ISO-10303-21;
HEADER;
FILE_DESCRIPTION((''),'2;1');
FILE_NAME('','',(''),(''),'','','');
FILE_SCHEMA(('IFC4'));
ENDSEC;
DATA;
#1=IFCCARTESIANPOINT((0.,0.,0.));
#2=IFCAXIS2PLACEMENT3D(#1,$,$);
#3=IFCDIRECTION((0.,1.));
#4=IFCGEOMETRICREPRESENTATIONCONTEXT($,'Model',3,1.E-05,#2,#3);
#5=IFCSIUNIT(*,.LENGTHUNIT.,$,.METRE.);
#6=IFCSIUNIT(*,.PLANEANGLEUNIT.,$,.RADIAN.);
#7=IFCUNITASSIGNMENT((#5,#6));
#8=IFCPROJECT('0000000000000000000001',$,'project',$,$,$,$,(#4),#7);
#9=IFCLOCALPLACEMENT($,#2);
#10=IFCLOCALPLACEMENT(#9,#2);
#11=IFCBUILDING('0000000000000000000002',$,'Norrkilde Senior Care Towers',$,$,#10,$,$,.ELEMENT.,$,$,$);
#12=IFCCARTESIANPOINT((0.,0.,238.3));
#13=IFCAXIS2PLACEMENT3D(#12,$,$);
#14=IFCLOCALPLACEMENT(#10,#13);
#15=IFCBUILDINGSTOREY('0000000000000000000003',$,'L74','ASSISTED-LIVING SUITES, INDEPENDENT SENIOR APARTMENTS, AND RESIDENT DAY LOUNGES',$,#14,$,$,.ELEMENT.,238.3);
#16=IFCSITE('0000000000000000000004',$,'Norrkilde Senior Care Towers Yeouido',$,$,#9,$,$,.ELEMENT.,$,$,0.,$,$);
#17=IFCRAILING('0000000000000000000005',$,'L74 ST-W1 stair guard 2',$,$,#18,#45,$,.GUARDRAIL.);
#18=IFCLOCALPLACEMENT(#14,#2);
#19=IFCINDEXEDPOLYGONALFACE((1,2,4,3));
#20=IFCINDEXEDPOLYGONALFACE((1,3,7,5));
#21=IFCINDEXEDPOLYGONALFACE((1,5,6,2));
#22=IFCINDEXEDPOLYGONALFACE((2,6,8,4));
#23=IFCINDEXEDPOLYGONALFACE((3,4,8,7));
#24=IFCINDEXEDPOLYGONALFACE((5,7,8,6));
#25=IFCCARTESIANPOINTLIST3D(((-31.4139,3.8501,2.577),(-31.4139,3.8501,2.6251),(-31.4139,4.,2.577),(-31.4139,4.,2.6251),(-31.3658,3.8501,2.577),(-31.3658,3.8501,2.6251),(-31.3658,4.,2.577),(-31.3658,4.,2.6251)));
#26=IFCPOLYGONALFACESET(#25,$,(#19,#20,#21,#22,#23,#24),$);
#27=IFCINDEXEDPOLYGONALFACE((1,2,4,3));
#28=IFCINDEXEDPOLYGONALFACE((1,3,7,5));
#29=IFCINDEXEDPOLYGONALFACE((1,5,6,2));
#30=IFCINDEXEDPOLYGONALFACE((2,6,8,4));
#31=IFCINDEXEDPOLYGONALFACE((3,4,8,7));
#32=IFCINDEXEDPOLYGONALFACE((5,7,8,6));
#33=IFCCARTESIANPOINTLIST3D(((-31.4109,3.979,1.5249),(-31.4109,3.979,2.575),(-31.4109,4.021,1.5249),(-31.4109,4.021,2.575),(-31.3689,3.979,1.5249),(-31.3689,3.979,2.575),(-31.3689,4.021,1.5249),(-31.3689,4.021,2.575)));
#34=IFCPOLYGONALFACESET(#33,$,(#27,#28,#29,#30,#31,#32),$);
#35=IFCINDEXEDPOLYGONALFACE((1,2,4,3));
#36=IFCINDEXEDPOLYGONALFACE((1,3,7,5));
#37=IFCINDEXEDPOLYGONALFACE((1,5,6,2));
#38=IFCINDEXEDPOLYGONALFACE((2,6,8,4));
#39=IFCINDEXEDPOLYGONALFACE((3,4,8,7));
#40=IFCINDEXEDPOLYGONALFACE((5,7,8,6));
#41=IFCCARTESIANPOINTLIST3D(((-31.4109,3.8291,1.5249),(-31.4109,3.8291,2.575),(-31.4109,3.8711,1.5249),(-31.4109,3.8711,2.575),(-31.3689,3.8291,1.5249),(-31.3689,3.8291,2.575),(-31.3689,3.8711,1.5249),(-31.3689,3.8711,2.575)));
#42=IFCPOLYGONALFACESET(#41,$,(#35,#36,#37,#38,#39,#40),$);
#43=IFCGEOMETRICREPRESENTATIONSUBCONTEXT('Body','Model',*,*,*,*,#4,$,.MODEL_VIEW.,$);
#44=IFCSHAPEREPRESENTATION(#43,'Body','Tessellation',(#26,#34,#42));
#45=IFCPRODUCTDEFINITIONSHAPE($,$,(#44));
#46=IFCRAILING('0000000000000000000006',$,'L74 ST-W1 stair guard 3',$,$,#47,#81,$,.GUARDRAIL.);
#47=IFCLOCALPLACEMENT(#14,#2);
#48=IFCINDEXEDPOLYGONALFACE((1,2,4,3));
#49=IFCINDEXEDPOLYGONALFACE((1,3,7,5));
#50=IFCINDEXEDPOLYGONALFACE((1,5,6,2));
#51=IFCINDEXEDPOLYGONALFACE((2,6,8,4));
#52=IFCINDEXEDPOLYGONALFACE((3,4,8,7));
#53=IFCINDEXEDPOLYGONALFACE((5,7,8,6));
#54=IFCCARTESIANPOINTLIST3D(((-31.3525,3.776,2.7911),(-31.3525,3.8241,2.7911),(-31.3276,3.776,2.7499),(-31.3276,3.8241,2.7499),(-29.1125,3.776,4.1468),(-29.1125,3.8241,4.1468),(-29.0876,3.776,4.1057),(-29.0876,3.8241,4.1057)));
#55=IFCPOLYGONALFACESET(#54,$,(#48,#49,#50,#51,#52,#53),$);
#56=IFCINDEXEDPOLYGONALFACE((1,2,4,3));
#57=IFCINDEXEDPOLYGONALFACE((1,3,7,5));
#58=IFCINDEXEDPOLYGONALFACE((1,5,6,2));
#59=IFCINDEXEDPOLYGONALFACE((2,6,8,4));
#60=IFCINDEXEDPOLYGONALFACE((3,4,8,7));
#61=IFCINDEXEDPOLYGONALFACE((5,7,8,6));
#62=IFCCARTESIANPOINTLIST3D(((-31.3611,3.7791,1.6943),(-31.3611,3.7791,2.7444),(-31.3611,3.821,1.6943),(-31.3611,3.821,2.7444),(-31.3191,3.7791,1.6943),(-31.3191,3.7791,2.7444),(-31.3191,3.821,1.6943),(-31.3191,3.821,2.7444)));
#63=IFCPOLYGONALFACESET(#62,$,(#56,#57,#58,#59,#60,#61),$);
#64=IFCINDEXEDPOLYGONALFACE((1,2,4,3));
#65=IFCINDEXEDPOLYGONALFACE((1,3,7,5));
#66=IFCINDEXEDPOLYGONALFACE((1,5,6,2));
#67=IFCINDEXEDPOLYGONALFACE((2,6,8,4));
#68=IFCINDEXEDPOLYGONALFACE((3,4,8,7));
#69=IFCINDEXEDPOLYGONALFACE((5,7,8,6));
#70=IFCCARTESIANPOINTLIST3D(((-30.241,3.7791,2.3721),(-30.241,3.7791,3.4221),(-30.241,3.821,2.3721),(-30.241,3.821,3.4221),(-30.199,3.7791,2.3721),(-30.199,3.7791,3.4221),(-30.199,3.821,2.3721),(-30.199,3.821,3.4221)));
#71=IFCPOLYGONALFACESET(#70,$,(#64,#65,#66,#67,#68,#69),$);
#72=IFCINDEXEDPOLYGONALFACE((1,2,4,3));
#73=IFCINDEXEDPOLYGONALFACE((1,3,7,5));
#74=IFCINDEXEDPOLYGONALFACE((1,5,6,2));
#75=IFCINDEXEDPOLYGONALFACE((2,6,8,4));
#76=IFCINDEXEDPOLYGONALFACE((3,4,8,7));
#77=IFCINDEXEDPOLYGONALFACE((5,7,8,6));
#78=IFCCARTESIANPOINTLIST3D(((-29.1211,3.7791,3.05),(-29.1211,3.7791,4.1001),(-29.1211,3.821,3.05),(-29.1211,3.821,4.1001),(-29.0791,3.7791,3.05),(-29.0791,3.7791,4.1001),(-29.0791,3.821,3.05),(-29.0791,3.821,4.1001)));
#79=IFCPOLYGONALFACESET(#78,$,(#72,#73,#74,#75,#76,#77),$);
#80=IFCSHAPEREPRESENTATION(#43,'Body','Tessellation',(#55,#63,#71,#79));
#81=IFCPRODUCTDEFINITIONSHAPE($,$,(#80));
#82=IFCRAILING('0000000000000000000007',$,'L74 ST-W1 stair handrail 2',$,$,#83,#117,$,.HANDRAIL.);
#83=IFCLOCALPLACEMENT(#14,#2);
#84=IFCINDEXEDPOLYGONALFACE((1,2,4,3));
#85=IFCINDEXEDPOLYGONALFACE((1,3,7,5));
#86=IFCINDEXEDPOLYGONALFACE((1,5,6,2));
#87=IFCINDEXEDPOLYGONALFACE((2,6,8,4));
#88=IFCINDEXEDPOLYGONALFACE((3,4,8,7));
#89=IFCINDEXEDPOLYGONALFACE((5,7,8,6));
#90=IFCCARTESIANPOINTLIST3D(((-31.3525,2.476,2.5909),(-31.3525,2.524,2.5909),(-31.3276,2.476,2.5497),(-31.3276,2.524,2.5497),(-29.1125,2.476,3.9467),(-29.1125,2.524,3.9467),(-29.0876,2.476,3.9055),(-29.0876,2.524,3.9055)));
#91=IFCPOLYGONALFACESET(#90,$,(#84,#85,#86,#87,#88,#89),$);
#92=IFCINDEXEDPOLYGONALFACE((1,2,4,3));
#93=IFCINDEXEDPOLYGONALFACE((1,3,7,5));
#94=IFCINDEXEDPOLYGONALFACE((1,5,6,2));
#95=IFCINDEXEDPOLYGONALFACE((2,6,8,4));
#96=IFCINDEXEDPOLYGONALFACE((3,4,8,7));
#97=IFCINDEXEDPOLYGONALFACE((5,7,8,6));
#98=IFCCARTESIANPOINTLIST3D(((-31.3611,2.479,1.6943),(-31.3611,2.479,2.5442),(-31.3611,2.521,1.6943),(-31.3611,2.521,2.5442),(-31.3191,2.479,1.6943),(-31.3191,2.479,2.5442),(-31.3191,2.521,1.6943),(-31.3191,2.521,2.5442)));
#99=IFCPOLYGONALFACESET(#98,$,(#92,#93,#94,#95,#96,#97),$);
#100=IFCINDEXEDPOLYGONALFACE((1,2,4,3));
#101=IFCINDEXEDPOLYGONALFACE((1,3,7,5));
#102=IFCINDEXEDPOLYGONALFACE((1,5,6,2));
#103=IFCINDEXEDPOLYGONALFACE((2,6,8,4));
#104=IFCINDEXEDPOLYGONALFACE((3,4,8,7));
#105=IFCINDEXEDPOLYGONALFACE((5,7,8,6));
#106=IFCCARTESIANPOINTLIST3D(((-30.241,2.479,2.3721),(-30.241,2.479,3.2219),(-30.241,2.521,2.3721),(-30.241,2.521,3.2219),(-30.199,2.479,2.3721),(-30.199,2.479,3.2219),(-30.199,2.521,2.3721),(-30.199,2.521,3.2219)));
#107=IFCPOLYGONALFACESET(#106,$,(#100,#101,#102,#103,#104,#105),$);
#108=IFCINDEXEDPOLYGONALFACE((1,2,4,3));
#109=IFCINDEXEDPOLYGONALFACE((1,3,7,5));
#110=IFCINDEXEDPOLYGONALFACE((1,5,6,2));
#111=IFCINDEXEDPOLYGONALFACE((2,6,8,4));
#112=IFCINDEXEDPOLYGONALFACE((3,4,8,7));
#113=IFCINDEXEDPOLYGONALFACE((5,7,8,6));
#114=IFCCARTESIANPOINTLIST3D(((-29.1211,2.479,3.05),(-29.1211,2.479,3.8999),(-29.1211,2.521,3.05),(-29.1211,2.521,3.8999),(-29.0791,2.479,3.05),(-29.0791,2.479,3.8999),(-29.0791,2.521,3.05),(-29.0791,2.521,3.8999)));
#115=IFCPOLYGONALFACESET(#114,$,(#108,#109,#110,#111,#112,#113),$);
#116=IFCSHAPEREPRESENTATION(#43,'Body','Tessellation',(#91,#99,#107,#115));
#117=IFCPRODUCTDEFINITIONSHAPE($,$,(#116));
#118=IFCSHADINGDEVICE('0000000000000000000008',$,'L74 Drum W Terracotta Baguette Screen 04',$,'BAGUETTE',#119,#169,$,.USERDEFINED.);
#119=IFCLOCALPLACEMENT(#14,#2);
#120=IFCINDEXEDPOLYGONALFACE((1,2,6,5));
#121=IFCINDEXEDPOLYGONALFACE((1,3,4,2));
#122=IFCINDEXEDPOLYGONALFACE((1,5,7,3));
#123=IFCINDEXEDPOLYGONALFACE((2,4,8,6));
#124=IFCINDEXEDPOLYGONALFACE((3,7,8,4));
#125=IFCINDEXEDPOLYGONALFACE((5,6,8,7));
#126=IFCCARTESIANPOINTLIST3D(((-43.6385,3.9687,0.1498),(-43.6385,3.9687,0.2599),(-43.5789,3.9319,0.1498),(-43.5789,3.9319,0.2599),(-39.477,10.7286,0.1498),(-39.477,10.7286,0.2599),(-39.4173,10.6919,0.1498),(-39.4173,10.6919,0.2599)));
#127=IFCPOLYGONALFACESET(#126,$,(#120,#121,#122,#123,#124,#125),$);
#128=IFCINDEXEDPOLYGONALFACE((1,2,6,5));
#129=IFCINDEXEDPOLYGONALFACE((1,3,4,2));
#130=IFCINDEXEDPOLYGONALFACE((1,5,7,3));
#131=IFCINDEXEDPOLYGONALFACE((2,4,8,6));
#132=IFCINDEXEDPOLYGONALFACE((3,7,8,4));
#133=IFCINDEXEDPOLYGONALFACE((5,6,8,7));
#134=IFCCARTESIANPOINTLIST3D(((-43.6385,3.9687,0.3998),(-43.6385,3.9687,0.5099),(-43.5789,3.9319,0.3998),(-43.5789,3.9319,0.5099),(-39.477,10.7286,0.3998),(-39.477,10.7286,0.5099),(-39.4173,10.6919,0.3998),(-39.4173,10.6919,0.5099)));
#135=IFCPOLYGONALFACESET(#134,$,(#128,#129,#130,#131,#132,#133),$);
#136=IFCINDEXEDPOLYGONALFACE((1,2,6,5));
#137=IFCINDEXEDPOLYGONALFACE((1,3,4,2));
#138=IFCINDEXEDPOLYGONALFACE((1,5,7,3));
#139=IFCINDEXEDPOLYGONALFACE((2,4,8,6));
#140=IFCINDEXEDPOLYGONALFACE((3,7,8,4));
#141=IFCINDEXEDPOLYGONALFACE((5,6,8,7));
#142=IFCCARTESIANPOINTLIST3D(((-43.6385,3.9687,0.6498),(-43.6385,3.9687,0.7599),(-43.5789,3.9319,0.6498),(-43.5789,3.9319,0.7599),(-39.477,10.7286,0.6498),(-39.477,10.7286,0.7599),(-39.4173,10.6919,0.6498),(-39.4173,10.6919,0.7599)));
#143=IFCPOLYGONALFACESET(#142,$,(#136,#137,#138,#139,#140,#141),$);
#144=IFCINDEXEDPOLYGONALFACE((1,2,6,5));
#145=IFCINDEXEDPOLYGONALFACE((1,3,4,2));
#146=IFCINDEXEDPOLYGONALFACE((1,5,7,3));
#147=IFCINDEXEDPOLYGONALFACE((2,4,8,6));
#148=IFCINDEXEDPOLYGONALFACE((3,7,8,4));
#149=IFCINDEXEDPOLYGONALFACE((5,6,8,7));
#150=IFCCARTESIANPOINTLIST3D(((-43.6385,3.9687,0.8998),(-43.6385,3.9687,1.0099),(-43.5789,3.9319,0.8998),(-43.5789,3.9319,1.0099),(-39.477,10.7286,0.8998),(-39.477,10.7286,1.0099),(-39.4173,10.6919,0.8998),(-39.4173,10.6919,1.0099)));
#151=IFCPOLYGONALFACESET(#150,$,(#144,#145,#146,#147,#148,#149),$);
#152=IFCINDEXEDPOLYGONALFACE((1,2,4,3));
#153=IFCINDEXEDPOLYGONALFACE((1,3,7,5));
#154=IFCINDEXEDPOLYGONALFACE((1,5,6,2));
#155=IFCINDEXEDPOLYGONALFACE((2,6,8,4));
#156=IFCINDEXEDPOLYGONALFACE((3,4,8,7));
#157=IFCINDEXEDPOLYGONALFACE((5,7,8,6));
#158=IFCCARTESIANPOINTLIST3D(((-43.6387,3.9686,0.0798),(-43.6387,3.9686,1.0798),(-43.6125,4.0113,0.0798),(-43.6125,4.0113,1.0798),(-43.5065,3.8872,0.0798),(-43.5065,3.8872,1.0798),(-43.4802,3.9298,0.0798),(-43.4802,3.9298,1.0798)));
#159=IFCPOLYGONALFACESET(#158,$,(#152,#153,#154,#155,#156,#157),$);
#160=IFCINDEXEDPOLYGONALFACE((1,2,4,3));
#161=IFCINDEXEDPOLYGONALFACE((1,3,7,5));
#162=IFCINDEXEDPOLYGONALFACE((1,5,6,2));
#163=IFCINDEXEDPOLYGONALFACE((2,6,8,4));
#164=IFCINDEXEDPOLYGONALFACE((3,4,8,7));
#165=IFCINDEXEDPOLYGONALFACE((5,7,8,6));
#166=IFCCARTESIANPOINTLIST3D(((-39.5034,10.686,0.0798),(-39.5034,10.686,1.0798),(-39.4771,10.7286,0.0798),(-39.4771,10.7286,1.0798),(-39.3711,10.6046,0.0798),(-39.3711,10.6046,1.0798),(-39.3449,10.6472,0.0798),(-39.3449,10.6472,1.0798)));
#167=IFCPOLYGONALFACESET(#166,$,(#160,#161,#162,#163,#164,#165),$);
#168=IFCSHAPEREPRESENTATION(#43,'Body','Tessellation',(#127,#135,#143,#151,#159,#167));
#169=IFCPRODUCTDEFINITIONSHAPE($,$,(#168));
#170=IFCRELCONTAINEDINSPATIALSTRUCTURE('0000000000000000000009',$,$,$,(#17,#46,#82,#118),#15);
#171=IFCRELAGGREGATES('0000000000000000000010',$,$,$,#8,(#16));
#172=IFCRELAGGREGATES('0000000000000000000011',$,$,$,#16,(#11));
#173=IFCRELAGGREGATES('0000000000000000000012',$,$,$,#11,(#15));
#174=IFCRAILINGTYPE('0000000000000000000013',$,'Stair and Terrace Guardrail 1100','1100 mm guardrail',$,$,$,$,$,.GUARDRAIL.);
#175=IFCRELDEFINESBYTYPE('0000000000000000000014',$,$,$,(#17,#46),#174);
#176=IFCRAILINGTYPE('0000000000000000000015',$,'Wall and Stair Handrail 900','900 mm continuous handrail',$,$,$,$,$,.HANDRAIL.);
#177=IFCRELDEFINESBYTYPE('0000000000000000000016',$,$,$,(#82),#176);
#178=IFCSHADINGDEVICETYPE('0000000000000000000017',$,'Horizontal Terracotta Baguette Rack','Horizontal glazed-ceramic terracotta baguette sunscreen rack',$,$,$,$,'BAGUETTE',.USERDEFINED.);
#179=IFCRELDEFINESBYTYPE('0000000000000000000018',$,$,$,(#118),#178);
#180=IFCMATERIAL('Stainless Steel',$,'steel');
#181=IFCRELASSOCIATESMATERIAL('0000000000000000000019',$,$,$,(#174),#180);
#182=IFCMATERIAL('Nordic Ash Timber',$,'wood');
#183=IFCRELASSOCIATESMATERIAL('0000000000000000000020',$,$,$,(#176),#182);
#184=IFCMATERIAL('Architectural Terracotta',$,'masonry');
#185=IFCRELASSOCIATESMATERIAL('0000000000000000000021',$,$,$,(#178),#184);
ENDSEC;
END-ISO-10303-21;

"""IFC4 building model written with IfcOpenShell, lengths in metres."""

from ifc_helpers import new_model, si_unit, direction, frame, origin, origin_2d, place, context, subcontext, project, spatial, rectangle, extrude, source, transform, mapped, material, type_object, type_shapes, element, save


model = new_model("IFC4")

# Units and contexts
model_context = context("Model", 3, precision=1e-05, world=origin(), true_north=direction((0.0, 1.0)))
body_context = subcontext(model_context, "Body", "Model", "MODEL_VIEW")
ifc_project = project(units=[si_unit("LENGTHUNIT", "METRE"), si_unit("PLANEANGLEUNIT", "RADIAN")], contexts=[model_context])

# Site, building, storey
site_placement = place(None, origin())
site = spatial("IfcSite", under=ifc_project, at=site_placement, Name="Norrkilde Senior Care Towers Yeouido", CompositionType="ELEMENT", RefElevation=0.0)
building_placement = place(site_placement, origin())
building = spatial("IfcBuilding", under=site, at=building_placement, Name="Norrkilde Senior Care Towers", CompositionType="ELEMENT")
storey_placement = place(building_placement, frame((0.0, 0.0, 238.3)))
storey = spatial("IfcBuildingStorey", under=building, at=storey_placement, Name="L74", Description="ASSISTED-LIVING SUITES, INDEPENDENT SENIOR APARTMENTS, AND RESIDENT DAY LOUNGES", CompositionType="ELEMENT", Elevation=238.3)

# Shared definitions
ifc_material_1 = material(Name="Nordic Ash Timber", Category="wood")

# Railings
ifc_material_2 = material(Name="Stainless Steel", Category="steel")
railing_type_1 = type_object("IfcRailingType", Name="Stair and Terrace Guardrail 1100", Description="1100 mm guardrail", PredefinedType="GUARDRAIL", material=ifc_material_2)
railing_1_placement = place(storey_placement, frame((-31.3899, 4.0, 1.5249)))
element("IfcRailing", 1, at=railing_1_placement, inside=storey, type_object=railing_type_1, Name="L74 ST-W1 stair guard 2", PredefinedType="GUARDRAIL", context=body_context, shape_type="SweptSolid", body=[
    extrude(rectangle(XDim=0.0481, YDim=0.0481, at=origin_2d()), frame((0.0, 0.0, 1.0762), z_axis=(0.0, -1.0, 0.0), x_axis=(1.0, 0.0, 0.0)), (0.0, 0.0, 1.0), 0.1499),
    extrude(rectangle(XDim=0.042, YDim=0.042, at=origin_2d()), origin(), (0.0, 0.0, 1.0), 1.05),
    extrude(rectangle(XDim=0.042, YDim=0.042, at=origin_2d()), frame((0.0, -0.1499, 0.0)), (0.0, 0.0, 1.0), 1.05),
])
railing_2_placement = place(storey_placement, frame((-31.3401, 3.8, 1.6943)))
element("IfcRailing", 2, at=railing_2_placement, inside=storey, type_object=railing_type_1, Name="L74 ST-W1 stair guard 3", PredefinedType="GUARDRAIL", context=body_context, shape_type="SweptSolid", body=[
    extrude(rectangle(XDim=0.0481, YDim=0.0481, at=origin_2d()), frame((0.0, 0.0, 1.0762), z_axis=(0.855512, 0.0, 0.517783), x_axis=(0.0, 1.0, 0.0)), (0.0, 0.0, 1.0), 2.6184),
    extrude(rectangle(XDim=0.042, YDim=0.042, at=origin_2d()), origin(), (0.0, 0.0, 1.0), 1.05),
    extrude(rectangle(XDim=0.042, YDim=0.042, at=origin_2d()), frame((1.1201, 0.0, 0.6777)), (0.0, 0.0, 1.0), 1.05),
    extrude(rectangle(XDim=0.042, YDim=0.042, at=origin_2d()), frame((2.24, 0.0, 1.3557)), (0.0, 0.0, 1.0), 1.05),
])
railing_type_2 = type_object("IfcRailingType", Name="Wall and Stair Handrail 900", Description="900 mm continuous handrail", PredefinedType="HANDRAIL", material=ifc_material_1)
railing_3_placement = place(storey_placement, frame((-31.3401, 2.5, 1.6943)))
element("IfcRailing", 3, at=railing_3_placement, inside=storey, type_object=railing_type_2, Name="L74 ST-W1 stair handrail 2", PredefinedType="HANDRAIL", context=body_context, shape_type="SweptSolid", body=[
    extrude(rectangle(XDim=0.0481, YDim=0.0481, at=origin_2d()), frame((0.0, 0.0, 0.876), z_axis=(0.855512, 0.0, 0.517783), x_axis=(0.0, 1.0, 0.0)), (0.0, 0.0, 1.0), 2.6184),
    extrude(rectangle(XDim=0.042, YDim=0.042, at=origin_2d()), origin(), (0.0, 0.0, 1.0), 0.8499),
    extrude(rectangle(XDim=0.042, YDim=0.042, at=origin_2d()), frame((1.1201, 0.0, 0.6777)), (0.0, 0.0, 1.0), 0.8499),
    extrude(rectangle(XDim=0.042, YDim=0.042, at=origin_2d()), frame((2.24, 0.0, 1.3557)), (0.0, 0.0, 1.0), 0.8499),
])

# Shading device
ifc_material_3 = material(Name="Architectural Terracotta", Category="masonry")
shading_device_type = type_object("IfcShadingDeviceType", Name="Horizontal Terracotta Baguette Rack", Description="Horizontal glazed-ceramic terracotta baguette sunscreen rack", ElementType="BAGUETTE", PredefinedType="USERDEFINED", material=ifc_material_3)
shared_shape_1 = source(origin(), body_context, "Body", "SweptSolid", [
    extrude(rectangle(XDim=0.0701, YDim=0.1101, at=origin_2d()), frame((0.0, 0.0901, 0.125), z_axis=(1.0, 0.0, 0.0), x_axis=(0.0, 1.0, 0.0)), (0.0, 0.0, 1.0), 7.9382),
    extrude(rectangle(XDim=0.0701, YDim=0.1101, at=origin_2d()), frame((0.0, 0.0901, 0.375), z_axis=(1.0, 0.0, 0.0), x_axis=(0.0, 1.0, 0.0)), (0.0, 0.0, 1.0), 7.9382),
    extrude(rectangle(XDim=0.0701, YDim=0.1101, at=origin_2d()), frame((0.0, 0.0901, 0.625), z_axis=(1.0, 0.0, 0.0), x_axis=(0.0, 1.0, 0.0)), (0.0, 0.0, 1.0), 7.9382),
    extrude(rectangle(XDim=0.0701, YDim=0.1101, at=origin_2d()), frame((0.0, 0.0901, 0.875), z_axis=(1.0, 0.0, 0.0), x_axis=(0.0, 1.0, 0.0)), (0.0, 0.0, 1.0), 7.9382),
    extrude(rectangle(XDim=0.05, YDim=0.1553, at=origin_2d()), frame((0.0249, 0.0476, 0.0)), (0.0, 0.0, 1.0), 1.0),
    extrude(rectangle(XDim=0.05, YDim=0.1553, at=origin_2d()), frame((7.9131, 0.0476, 0.0)), (0.0, 0.0, 1.0), 1.0),
])
type_shapes(shading_device_type, [shared_shape_1])
shading_device_placement = place(storey_placement, frame((-43.532, 3.9031, 0.0798), z_axis=(0.0, 0.0, 1.0), x_axis=(0.52425, 0.851576, 0.0)))
element("IfcShadingDevice", 4, at=shading_device_placement, inside=storey, type_object=shading_device_type, Name="L74 Drum W Terracotta Baguette Screen 04", ObjectType="BAGUETTE", PredefinedType="USERDEFINED", context=body_context, shape_type="MappedRepresentation", body=[
    mapped(shared_shape_1, transform((0.0, 0.0, 0.0), x_axis=(1.0, 0.0, 0.0), y_axis=(0.0, 1.0, 0.0), z_axis=(0.0, 0.0, 1.0), scale=1.0)),
])

save(model, "model.ifc")
